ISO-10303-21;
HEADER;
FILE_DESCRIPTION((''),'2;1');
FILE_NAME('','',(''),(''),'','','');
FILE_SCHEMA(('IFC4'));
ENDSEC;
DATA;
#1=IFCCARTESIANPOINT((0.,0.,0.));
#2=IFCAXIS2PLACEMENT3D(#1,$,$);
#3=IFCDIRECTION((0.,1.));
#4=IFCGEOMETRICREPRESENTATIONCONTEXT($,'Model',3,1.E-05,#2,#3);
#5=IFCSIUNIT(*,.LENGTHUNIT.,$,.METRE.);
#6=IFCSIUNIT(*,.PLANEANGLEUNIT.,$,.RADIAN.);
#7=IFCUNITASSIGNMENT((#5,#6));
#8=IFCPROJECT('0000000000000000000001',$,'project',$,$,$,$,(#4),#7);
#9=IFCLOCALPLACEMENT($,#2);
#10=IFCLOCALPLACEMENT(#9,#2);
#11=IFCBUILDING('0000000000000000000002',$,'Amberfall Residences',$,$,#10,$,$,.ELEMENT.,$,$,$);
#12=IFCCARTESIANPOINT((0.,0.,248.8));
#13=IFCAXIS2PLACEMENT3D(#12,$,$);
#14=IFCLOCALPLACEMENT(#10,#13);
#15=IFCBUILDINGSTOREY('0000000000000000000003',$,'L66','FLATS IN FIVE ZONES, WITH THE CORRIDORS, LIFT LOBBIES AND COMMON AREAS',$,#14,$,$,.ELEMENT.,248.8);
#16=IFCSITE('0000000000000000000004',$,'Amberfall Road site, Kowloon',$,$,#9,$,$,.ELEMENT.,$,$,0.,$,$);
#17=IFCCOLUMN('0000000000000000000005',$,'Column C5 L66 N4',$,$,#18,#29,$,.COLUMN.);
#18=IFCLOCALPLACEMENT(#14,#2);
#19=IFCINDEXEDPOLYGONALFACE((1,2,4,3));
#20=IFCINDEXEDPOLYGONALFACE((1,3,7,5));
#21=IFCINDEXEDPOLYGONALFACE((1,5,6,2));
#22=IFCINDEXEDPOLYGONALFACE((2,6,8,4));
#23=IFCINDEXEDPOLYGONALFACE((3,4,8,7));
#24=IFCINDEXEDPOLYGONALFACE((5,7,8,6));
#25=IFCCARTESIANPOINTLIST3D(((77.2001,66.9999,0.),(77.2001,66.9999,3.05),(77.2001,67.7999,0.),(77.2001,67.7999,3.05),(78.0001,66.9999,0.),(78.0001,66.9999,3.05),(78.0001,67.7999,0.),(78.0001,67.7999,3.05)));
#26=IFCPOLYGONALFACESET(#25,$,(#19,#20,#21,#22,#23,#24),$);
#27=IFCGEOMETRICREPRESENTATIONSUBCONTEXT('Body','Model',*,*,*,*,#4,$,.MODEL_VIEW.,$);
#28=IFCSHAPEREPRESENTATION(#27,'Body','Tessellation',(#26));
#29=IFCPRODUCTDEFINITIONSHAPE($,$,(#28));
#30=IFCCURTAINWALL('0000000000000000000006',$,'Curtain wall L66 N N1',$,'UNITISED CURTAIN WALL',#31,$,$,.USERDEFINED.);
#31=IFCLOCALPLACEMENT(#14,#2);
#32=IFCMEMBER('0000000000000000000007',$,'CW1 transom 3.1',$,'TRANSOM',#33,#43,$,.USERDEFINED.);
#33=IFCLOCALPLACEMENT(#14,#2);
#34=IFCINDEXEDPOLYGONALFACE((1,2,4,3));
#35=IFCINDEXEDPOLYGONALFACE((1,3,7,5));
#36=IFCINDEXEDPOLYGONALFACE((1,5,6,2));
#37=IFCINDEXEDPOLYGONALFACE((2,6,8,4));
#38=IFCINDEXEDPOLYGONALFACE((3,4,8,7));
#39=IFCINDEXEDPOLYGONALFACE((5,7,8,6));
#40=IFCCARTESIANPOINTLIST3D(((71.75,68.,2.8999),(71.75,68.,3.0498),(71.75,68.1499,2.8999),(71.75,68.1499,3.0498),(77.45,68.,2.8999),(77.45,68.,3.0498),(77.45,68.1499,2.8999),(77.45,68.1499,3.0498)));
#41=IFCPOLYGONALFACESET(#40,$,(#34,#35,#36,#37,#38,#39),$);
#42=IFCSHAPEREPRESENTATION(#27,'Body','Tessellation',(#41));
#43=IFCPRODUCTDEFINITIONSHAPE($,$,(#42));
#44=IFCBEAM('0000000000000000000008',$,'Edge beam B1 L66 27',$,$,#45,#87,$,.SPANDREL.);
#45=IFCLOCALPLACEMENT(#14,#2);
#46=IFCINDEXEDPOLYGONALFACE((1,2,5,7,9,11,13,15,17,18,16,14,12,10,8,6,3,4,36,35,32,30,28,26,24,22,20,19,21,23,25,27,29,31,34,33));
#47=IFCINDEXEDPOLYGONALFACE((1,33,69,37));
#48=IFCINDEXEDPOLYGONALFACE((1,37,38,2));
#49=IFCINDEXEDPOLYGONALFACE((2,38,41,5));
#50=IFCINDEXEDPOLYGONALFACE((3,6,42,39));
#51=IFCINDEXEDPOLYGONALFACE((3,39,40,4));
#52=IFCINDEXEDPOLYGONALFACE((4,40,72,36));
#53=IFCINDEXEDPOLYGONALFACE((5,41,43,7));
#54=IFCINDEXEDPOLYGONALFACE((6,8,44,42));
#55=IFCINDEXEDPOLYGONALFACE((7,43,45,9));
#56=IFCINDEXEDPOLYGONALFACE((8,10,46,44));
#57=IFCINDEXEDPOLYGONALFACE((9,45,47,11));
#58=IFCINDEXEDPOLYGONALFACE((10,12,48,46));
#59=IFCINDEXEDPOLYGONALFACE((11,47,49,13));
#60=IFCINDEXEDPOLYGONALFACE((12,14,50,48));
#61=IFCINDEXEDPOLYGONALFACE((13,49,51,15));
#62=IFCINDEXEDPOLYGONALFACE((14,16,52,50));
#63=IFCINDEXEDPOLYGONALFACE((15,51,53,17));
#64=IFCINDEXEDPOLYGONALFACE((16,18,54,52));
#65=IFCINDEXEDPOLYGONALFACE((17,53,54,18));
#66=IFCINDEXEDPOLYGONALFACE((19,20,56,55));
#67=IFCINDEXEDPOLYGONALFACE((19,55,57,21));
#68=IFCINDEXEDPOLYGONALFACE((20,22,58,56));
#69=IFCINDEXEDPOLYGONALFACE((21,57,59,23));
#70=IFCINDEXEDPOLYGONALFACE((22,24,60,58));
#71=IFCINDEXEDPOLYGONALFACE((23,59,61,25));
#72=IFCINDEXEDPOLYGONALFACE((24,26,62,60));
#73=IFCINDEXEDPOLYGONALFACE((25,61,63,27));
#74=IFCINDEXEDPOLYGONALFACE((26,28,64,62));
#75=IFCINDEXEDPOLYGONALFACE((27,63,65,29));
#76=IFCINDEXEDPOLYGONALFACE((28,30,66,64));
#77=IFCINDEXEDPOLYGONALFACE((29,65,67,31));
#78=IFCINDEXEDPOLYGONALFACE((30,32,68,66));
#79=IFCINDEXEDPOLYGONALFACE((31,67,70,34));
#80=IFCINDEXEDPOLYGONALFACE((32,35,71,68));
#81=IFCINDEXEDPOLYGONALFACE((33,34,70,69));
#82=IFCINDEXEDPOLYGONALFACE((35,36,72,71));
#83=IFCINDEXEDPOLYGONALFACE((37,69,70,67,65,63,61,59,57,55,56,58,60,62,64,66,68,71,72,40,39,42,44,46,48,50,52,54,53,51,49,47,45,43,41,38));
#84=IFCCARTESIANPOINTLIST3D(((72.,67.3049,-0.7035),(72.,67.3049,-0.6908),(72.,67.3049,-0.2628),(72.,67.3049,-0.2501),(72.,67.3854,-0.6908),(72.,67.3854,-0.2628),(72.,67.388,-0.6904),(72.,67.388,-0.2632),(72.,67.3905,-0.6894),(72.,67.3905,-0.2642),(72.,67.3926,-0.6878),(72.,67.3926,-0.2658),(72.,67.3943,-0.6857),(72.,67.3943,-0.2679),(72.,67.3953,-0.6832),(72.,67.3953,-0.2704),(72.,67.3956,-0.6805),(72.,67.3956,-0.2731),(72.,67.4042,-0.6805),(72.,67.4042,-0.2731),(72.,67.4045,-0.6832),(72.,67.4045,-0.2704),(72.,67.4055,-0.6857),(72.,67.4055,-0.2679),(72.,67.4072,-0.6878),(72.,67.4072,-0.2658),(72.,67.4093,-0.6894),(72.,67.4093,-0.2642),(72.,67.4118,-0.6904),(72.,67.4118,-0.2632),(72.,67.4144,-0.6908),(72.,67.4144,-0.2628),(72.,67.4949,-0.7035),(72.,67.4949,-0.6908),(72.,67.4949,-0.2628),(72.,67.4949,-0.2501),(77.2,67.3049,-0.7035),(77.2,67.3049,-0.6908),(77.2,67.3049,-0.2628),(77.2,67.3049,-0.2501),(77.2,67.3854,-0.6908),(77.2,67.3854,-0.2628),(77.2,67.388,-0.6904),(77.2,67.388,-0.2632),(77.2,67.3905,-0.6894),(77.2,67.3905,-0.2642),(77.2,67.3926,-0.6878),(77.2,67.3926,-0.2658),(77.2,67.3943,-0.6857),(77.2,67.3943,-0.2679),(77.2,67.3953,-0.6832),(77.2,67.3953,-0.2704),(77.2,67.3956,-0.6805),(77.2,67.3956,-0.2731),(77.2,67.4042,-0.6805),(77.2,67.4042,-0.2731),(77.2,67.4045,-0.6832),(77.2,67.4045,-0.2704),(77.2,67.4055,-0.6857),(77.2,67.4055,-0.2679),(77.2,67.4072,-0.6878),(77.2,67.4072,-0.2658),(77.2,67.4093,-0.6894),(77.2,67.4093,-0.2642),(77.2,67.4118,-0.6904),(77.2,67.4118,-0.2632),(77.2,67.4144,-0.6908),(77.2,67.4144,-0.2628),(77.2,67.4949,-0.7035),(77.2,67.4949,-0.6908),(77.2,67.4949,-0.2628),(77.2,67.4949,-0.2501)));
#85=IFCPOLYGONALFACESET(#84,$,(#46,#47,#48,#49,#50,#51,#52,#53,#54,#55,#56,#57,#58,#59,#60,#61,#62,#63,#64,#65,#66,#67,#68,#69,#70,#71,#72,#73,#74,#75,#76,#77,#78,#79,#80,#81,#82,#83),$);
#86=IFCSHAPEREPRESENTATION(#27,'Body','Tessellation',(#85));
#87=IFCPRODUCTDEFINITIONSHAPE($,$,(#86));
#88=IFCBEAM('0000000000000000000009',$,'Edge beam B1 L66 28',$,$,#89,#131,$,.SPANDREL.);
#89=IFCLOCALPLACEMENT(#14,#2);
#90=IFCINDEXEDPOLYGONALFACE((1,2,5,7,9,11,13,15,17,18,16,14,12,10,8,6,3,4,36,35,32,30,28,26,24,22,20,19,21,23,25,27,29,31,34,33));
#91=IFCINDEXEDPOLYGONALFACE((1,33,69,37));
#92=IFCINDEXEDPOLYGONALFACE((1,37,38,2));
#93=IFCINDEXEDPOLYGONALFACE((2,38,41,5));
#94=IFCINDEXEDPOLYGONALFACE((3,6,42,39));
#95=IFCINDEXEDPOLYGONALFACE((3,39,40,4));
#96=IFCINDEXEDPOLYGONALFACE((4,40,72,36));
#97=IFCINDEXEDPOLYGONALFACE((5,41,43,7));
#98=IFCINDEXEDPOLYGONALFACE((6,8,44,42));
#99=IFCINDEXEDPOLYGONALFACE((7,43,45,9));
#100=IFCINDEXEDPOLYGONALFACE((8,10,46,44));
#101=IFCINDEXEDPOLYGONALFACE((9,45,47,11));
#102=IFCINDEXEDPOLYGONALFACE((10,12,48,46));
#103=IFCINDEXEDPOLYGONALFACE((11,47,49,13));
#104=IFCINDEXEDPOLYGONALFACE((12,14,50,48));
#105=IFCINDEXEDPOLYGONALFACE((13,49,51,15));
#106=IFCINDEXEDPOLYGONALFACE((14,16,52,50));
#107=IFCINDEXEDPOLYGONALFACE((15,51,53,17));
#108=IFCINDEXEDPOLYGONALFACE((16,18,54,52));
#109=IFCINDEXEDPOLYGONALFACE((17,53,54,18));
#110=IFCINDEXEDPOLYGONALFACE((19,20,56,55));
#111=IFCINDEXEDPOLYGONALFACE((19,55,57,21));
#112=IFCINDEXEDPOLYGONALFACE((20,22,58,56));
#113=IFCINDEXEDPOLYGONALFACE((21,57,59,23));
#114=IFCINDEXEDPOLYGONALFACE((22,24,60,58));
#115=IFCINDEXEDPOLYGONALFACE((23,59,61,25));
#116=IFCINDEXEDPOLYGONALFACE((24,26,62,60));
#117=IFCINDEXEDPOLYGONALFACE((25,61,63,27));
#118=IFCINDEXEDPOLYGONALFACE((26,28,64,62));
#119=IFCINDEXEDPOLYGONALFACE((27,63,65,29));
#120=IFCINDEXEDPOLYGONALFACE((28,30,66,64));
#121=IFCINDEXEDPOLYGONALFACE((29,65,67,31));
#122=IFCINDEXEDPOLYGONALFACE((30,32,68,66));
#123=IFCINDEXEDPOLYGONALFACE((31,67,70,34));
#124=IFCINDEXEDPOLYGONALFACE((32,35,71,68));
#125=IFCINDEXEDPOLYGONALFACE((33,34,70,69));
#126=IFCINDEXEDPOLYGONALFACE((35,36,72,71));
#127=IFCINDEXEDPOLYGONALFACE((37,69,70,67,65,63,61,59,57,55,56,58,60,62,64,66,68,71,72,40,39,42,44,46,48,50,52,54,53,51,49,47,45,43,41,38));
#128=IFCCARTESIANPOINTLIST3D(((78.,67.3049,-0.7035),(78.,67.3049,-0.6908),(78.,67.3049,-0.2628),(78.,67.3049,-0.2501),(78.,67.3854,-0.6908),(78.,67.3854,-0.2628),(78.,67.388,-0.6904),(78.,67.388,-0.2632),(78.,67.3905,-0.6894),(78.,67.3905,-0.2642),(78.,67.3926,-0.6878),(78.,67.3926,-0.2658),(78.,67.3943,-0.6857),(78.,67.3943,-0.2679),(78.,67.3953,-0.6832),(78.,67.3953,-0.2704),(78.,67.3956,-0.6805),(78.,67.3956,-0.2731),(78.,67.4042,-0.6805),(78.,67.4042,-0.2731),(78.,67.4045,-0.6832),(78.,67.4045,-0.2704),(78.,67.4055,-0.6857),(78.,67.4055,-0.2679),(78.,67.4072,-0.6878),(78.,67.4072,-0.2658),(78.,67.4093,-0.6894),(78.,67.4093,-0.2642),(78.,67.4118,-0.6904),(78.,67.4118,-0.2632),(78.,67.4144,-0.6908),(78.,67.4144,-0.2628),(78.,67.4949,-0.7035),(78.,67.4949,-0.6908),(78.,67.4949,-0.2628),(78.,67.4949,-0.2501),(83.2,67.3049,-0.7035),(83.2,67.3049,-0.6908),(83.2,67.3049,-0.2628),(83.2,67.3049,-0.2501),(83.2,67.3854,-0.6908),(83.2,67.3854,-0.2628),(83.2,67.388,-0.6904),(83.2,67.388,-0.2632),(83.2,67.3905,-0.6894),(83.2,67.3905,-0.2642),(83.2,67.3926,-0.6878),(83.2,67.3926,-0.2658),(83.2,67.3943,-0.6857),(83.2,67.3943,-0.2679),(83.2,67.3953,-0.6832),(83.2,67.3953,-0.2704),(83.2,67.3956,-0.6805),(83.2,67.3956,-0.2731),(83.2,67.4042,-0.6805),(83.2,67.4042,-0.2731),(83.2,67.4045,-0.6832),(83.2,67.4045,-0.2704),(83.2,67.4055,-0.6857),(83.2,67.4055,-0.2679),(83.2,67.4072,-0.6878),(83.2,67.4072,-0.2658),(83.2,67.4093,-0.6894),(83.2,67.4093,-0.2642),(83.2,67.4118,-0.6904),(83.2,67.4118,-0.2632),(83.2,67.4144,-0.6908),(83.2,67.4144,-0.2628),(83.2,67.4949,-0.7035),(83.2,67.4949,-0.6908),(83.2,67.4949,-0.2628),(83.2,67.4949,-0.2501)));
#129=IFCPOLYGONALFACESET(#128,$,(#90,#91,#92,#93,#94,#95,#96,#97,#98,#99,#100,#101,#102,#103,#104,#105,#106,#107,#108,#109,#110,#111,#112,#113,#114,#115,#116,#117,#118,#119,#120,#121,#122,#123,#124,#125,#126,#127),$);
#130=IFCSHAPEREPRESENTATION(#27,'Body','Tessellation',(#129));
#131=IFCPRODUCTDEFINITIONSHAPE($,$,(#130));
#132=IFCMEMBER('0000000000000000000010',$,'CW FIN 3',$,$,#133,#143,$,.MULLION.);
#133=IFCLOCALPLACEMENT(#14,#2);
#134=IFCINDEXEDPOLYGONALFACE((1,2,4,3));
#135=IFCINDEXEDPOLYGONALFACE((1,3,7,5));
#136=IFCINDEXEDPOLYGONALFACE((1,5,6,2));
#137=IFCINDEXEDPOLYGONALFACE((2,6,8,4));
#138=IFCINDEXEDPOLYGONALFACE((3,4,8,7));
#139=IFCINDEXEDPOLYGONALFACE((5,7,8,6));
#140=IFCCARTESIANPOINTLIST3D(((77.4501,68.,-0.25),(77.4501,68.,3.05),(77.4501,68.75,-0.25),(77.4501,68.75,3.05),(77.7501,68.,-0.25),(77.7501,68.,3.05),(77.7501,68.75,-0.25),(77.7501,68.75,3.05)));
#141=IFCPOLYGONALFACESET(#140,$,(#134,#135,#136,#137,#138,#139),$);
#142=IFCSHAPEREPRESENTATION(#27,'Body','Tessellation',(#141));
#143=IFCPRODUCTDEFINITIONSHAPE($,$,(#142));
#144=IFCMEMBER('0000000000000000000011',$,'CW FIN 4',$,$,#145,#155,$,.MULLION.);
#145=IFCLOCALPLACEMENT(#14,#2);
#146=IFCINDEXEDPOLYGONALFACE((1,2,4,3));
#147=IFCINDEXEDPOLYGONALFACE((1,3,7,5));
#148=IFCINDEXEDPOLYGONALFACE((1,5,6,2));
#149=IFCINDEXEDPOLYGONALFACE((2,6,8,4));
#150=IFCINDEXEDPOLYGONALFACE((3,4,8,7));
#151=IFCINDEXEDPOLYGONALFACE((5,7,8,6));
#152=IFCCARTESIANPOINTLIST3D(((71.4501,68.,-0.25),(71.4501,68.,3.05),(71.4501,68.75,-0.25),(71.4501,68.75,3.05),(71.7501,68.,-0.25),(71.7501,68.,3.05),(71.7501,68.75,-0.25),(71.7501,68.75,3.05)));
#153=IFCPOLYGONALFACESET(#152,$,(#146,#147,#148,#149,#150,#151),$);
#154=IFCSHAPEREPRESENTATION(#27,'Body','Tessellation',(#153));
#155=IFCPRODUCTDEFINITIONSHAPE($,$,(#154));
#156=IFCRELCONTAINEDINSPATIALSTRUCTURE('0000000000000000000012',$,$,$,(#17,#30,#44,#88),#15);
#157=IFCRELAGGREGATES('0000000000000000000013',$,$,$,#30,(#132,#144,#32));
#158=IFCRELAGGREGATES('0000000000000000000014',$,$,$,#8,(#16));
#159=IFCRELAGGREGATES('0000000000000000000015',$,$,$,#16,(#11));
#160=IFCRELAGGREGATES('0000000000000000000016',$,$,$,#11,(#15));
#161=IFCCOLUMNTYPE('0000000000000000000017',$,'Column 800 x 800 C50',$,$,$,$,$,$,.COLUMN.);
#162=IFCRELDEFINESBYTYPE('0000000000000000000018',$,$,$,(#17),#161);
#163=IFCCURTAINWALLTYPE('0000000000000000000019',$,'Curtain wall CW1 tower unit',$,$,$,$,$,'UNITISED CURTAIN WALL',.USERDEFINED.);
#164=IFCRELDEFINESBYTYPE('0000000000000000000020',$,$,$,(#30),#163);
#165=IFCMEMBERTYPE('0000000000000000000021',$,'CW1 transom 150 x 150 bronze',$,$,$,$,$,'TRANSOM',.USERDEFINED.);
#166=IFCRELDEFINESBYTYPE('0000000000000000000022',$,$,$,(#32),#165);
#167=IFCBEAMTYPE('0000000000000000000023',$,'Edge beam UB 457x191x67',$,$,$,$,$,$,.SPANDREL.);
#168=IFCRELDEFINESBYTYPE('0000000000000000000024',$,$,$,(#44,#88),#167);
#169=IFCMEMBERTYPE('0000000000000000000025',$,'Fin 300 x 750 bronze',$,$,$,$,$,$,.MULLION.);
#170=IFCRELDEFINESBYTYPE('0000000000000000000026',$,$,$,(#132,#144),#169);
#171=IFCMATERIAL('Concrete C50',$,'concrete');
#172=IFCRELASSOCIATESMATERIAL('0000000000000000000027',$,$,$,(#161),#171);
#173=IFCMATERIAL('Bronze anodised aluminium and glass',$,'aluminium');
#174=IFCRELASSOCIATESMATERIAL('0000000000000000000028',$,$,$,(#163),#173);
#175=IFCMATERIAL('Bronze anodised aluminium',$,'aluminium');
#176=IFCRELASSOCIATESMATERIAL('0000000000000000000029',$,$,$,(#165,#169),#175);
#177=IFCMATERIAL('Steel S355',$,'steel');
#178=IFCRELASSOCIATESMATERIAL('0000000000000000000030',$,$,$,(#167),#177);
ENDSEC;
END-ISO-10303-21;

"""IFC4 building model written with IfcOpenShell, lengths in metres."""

from ifc_helpers import new_model, si_unit, direction, frame, origin, origin_2d, place, context, subcontext, project, spatial, rectangle, i_section, extrude, material, material_profile, profile_set, type_object, element, aggregate, save


model = new_model("IFC4")

# Units and contexts
model_context = context("Model", 3, precision=1e-05, world=origin(), true_north=direction((0.0, 1.0)))
body_context = subcontext(model_context, "Body", "Model", "MODEL_VIEW")
ifc_project = project(units=[si_unit("LENGTHUNIT", "METRE"), si_unit("PLANEANGLEUNIT", "RADIAN")], contexts=[model_context])

# Site, building, storey
site_placement = place(None, origin())
site = spatial("IfcSite", under=ifc_project, at=site_placement, Name="Amberfall Road site, Kowloon", CompositionType="ELEMENT", RefElevation=0.0)
building_placement = place(site_placement, origin())
building = spatial("IfcBuilding", under=site, at=building_placement, Name="Amberfall Residences", CompositionType="ELEMENT")
storey_placement = place(building_placement, frame((0.0, 0.0, 248.8)))
storey = spatial("IfcBuildingStorey", under=building, at=storey_placement, Name="L66", Description="FLATS IN FIVE ZONES, WITH THE CORRIDORS, LIFT LOBBIES AND COMMON AREAS", CompositionType="ELEMENT", Elevation=248.8)

# Column
ifc_material_1 = material(Name="Concrete C50", Category="concrete")
ifc_material_profile_1 = material_profile(ifc_material_1, rectangle(XDim=0.8, YDim=0.8, at=origin_2d()), Name="Column 800 x 800 C50")
ifc_profile_set_1 = profile_set([ifc_material_profile_1], Name="Concrete C50")
column_type = type_object("IfcColumnType", Name="Column 800 x 800 C50", PredefinedType="COLUMN", material=ifc_profile_set_1)
column_placement = place(storey_placement, frame((77.6001, 67.3999, 0.0), z_axis=(0.0, 0.0, 1.0), x_axis=(1.0, 0.0, 0.0)))
element("IfcColumn", 1, at=column_placement, inside=storey, type_object=column_type, Name="Column C5 L66 N4", PredefinedType="COLUMN", context=body_context, shape_type="SweptSolid", body=[
    extrude(rectangle(XDim=0.8, YDim=0.8, at=origin_2d()), origin(), (0.0, 0.0, 1.0), 3.05),
])

# Curtain wall, member
ifc_material_2 = material(Name="Bronze anodised aluminium and glass", Category="aluminium")
curtain_wall_type = type_object("IfcCurtainWallType", Name="Curtain wall CW1 tower unit", ElementType="UNITISED CURTAIN WALL", PredefinedType="USERDEFINED", material=ifc_material_2)
curtain_wall_placement = place(storey_placement, origin())
curtain_wall = element("IfcCurtainWall", 2, at=curtain_wall_placement, inside=storey, type_object=curtain_wall_type, Name="Curtain wall L66 N N1", ObjectType="UNITISED CURTAIN WALL", PredefinedType="USERDEFINED")
ifc_material_3 = material(Name="Bronze anodised aluminium", Category="aluminium")
ifc_material_profile_2 = material_profile(ifc_material_3, rectangle(XDim=0.1499, YDim=0.1499, at=origin_2d()), Name="CW1 transom 150 x 150 bronze")
ifc_profile_set_2 = profile_set([ifc_material_profile_2], Name="Bronze anodised aluminium")
member_type_1 = type_object("IfcMemberType", Name="CW1 transom 150 x 150 bronze", ElementType="TRANSOM", PredefinedType="USERDEFINED", material=ifc_profile_set_2)
member_1_placement = place(storey_placement, frame((77.45, 68.075, 2.9749), z_axis=(-1.0, 0.0, 0.0), x_axis=(0.0, -1.0, 0.0)))
member_1 = element("IfcMember", 3, at=member_1_placement, type_object=member_type_1, Name="CW1 transom 3.1", ObjectType="TRANSOM", PredefinedType="USERDEFINED", context=body_context, shape_type="SweptSolid", body=[
    extrude(rectangle(XDim=0.1499, YDim=0.1499, at=origin_2d()), origin(), (0.0, 0.0, 1.0), 5.7),
])

# Beams
ifc_material_4 = material(Name="Steel S355", Category="steel")
ifc_material_profile_3 = material_profile(ifc_material_4, i_section(OverallWidth=0.1899, OverallDepth=0.4534, WebThickness=0.0085, FlangeThickness=0.0127, FilletRadius=0.0103, at=origin_2d()), Name="UB 457x191x67")
ifc_profile_set_3 = profile_set([ifc_material_profile_3], Name="Steel S355")
beam_type_1 = type_object("IfcBeamType", Name="Edge beam UB 457x191x67", PredefinedType="SPANDREL", material=ifc_profile_set_3)
for number, where, z_axis, x_axis, name in (
    (4, (72.0, 67.3999, -0.4768), (1.0, 0.0, 0.0), (0.0, 1.0, 0.0), "Edge beam B1 L66 27"),
    (5, (78.0, 67.3999, -0.4768), (1.0, 0.0, 0.0), (0.0, 1.0, 0.0), "Edge beam B1 L66 28"),
):
    element("IfcBeam", number, at=place(storey_placement, frame(where, z_axis=z_axis, x_axis=x_axis)), inside=storey, type_object=beam_type_1, Name=name, PredefinedType="SPANDREL", context=body_context, shape_type="SweptSolid", body=[
        extrude(i_section(OverallWidth=0.1899, OverallDepth=0.4534, WebThickness=0.0085, FlangeThickness=0.0127, FilletRadius=0.0103, at=origin_2d()), origin(), (0.0, 0.0, 1.0), 5.2),
    ])

# Members
ifc_material_profile_4 = material_profile(ifc_material_3, rectangle(XDim=0.75, YDim=0.3, at=origin_2d()), Name="Fin 300 x 750 bronze")
ifc_profile_set_4 = profile_set([ifc_material_profile_4], Name="Bronze anodised aluminium")
member_type_2 = type_object("IfcMemberType", Name="Fin 300 x 750 bronze", PredefinedType="MULLION", material=ifc_profile_set_4)
member_2_placement = place(storey_placement, frame((77.6001, 68.375, -0.25), z_axis=(0.0, 0.0, 1.0), x_axis=(0.0, -1.0, 0.0)))
member_2 = element("IfcMember", 6, at=member_2_placement, type_object=member_type_2, Name="CW FIN 3", PredefinedType="MULLION", context=body_context, shape_type="SweptSolid", body=[
    extrude(rectangle(XDim=0.75, YDim=0.3, at=origin_2d()), origin(), (0.0, 0.0, 1.0), 3.3),
])
member_3_placement = place(storey_placement, frame((71.6001, 68.375, -0.25), z_axis=(0.0, 0.0, 1.0), x_axis=(0.0, -1.0, 0.0)))
member_3 = element("IfcMember", 7, at=member_3_placement, type_object=member_type_2, Name="CW FIN 4", PredefinedType="MULLION", context=body_context, shape_type="SweptSolid", body=[
    extrude(rectangle(XDim=0.75, YDim=0.3, at=origin_2d()), origin(), (0.0, 0.0, 1.0), 3.3),
])

aggregate(curtain_wall, [member_2, member_3, member_1])

save(model, "model.ifc")
